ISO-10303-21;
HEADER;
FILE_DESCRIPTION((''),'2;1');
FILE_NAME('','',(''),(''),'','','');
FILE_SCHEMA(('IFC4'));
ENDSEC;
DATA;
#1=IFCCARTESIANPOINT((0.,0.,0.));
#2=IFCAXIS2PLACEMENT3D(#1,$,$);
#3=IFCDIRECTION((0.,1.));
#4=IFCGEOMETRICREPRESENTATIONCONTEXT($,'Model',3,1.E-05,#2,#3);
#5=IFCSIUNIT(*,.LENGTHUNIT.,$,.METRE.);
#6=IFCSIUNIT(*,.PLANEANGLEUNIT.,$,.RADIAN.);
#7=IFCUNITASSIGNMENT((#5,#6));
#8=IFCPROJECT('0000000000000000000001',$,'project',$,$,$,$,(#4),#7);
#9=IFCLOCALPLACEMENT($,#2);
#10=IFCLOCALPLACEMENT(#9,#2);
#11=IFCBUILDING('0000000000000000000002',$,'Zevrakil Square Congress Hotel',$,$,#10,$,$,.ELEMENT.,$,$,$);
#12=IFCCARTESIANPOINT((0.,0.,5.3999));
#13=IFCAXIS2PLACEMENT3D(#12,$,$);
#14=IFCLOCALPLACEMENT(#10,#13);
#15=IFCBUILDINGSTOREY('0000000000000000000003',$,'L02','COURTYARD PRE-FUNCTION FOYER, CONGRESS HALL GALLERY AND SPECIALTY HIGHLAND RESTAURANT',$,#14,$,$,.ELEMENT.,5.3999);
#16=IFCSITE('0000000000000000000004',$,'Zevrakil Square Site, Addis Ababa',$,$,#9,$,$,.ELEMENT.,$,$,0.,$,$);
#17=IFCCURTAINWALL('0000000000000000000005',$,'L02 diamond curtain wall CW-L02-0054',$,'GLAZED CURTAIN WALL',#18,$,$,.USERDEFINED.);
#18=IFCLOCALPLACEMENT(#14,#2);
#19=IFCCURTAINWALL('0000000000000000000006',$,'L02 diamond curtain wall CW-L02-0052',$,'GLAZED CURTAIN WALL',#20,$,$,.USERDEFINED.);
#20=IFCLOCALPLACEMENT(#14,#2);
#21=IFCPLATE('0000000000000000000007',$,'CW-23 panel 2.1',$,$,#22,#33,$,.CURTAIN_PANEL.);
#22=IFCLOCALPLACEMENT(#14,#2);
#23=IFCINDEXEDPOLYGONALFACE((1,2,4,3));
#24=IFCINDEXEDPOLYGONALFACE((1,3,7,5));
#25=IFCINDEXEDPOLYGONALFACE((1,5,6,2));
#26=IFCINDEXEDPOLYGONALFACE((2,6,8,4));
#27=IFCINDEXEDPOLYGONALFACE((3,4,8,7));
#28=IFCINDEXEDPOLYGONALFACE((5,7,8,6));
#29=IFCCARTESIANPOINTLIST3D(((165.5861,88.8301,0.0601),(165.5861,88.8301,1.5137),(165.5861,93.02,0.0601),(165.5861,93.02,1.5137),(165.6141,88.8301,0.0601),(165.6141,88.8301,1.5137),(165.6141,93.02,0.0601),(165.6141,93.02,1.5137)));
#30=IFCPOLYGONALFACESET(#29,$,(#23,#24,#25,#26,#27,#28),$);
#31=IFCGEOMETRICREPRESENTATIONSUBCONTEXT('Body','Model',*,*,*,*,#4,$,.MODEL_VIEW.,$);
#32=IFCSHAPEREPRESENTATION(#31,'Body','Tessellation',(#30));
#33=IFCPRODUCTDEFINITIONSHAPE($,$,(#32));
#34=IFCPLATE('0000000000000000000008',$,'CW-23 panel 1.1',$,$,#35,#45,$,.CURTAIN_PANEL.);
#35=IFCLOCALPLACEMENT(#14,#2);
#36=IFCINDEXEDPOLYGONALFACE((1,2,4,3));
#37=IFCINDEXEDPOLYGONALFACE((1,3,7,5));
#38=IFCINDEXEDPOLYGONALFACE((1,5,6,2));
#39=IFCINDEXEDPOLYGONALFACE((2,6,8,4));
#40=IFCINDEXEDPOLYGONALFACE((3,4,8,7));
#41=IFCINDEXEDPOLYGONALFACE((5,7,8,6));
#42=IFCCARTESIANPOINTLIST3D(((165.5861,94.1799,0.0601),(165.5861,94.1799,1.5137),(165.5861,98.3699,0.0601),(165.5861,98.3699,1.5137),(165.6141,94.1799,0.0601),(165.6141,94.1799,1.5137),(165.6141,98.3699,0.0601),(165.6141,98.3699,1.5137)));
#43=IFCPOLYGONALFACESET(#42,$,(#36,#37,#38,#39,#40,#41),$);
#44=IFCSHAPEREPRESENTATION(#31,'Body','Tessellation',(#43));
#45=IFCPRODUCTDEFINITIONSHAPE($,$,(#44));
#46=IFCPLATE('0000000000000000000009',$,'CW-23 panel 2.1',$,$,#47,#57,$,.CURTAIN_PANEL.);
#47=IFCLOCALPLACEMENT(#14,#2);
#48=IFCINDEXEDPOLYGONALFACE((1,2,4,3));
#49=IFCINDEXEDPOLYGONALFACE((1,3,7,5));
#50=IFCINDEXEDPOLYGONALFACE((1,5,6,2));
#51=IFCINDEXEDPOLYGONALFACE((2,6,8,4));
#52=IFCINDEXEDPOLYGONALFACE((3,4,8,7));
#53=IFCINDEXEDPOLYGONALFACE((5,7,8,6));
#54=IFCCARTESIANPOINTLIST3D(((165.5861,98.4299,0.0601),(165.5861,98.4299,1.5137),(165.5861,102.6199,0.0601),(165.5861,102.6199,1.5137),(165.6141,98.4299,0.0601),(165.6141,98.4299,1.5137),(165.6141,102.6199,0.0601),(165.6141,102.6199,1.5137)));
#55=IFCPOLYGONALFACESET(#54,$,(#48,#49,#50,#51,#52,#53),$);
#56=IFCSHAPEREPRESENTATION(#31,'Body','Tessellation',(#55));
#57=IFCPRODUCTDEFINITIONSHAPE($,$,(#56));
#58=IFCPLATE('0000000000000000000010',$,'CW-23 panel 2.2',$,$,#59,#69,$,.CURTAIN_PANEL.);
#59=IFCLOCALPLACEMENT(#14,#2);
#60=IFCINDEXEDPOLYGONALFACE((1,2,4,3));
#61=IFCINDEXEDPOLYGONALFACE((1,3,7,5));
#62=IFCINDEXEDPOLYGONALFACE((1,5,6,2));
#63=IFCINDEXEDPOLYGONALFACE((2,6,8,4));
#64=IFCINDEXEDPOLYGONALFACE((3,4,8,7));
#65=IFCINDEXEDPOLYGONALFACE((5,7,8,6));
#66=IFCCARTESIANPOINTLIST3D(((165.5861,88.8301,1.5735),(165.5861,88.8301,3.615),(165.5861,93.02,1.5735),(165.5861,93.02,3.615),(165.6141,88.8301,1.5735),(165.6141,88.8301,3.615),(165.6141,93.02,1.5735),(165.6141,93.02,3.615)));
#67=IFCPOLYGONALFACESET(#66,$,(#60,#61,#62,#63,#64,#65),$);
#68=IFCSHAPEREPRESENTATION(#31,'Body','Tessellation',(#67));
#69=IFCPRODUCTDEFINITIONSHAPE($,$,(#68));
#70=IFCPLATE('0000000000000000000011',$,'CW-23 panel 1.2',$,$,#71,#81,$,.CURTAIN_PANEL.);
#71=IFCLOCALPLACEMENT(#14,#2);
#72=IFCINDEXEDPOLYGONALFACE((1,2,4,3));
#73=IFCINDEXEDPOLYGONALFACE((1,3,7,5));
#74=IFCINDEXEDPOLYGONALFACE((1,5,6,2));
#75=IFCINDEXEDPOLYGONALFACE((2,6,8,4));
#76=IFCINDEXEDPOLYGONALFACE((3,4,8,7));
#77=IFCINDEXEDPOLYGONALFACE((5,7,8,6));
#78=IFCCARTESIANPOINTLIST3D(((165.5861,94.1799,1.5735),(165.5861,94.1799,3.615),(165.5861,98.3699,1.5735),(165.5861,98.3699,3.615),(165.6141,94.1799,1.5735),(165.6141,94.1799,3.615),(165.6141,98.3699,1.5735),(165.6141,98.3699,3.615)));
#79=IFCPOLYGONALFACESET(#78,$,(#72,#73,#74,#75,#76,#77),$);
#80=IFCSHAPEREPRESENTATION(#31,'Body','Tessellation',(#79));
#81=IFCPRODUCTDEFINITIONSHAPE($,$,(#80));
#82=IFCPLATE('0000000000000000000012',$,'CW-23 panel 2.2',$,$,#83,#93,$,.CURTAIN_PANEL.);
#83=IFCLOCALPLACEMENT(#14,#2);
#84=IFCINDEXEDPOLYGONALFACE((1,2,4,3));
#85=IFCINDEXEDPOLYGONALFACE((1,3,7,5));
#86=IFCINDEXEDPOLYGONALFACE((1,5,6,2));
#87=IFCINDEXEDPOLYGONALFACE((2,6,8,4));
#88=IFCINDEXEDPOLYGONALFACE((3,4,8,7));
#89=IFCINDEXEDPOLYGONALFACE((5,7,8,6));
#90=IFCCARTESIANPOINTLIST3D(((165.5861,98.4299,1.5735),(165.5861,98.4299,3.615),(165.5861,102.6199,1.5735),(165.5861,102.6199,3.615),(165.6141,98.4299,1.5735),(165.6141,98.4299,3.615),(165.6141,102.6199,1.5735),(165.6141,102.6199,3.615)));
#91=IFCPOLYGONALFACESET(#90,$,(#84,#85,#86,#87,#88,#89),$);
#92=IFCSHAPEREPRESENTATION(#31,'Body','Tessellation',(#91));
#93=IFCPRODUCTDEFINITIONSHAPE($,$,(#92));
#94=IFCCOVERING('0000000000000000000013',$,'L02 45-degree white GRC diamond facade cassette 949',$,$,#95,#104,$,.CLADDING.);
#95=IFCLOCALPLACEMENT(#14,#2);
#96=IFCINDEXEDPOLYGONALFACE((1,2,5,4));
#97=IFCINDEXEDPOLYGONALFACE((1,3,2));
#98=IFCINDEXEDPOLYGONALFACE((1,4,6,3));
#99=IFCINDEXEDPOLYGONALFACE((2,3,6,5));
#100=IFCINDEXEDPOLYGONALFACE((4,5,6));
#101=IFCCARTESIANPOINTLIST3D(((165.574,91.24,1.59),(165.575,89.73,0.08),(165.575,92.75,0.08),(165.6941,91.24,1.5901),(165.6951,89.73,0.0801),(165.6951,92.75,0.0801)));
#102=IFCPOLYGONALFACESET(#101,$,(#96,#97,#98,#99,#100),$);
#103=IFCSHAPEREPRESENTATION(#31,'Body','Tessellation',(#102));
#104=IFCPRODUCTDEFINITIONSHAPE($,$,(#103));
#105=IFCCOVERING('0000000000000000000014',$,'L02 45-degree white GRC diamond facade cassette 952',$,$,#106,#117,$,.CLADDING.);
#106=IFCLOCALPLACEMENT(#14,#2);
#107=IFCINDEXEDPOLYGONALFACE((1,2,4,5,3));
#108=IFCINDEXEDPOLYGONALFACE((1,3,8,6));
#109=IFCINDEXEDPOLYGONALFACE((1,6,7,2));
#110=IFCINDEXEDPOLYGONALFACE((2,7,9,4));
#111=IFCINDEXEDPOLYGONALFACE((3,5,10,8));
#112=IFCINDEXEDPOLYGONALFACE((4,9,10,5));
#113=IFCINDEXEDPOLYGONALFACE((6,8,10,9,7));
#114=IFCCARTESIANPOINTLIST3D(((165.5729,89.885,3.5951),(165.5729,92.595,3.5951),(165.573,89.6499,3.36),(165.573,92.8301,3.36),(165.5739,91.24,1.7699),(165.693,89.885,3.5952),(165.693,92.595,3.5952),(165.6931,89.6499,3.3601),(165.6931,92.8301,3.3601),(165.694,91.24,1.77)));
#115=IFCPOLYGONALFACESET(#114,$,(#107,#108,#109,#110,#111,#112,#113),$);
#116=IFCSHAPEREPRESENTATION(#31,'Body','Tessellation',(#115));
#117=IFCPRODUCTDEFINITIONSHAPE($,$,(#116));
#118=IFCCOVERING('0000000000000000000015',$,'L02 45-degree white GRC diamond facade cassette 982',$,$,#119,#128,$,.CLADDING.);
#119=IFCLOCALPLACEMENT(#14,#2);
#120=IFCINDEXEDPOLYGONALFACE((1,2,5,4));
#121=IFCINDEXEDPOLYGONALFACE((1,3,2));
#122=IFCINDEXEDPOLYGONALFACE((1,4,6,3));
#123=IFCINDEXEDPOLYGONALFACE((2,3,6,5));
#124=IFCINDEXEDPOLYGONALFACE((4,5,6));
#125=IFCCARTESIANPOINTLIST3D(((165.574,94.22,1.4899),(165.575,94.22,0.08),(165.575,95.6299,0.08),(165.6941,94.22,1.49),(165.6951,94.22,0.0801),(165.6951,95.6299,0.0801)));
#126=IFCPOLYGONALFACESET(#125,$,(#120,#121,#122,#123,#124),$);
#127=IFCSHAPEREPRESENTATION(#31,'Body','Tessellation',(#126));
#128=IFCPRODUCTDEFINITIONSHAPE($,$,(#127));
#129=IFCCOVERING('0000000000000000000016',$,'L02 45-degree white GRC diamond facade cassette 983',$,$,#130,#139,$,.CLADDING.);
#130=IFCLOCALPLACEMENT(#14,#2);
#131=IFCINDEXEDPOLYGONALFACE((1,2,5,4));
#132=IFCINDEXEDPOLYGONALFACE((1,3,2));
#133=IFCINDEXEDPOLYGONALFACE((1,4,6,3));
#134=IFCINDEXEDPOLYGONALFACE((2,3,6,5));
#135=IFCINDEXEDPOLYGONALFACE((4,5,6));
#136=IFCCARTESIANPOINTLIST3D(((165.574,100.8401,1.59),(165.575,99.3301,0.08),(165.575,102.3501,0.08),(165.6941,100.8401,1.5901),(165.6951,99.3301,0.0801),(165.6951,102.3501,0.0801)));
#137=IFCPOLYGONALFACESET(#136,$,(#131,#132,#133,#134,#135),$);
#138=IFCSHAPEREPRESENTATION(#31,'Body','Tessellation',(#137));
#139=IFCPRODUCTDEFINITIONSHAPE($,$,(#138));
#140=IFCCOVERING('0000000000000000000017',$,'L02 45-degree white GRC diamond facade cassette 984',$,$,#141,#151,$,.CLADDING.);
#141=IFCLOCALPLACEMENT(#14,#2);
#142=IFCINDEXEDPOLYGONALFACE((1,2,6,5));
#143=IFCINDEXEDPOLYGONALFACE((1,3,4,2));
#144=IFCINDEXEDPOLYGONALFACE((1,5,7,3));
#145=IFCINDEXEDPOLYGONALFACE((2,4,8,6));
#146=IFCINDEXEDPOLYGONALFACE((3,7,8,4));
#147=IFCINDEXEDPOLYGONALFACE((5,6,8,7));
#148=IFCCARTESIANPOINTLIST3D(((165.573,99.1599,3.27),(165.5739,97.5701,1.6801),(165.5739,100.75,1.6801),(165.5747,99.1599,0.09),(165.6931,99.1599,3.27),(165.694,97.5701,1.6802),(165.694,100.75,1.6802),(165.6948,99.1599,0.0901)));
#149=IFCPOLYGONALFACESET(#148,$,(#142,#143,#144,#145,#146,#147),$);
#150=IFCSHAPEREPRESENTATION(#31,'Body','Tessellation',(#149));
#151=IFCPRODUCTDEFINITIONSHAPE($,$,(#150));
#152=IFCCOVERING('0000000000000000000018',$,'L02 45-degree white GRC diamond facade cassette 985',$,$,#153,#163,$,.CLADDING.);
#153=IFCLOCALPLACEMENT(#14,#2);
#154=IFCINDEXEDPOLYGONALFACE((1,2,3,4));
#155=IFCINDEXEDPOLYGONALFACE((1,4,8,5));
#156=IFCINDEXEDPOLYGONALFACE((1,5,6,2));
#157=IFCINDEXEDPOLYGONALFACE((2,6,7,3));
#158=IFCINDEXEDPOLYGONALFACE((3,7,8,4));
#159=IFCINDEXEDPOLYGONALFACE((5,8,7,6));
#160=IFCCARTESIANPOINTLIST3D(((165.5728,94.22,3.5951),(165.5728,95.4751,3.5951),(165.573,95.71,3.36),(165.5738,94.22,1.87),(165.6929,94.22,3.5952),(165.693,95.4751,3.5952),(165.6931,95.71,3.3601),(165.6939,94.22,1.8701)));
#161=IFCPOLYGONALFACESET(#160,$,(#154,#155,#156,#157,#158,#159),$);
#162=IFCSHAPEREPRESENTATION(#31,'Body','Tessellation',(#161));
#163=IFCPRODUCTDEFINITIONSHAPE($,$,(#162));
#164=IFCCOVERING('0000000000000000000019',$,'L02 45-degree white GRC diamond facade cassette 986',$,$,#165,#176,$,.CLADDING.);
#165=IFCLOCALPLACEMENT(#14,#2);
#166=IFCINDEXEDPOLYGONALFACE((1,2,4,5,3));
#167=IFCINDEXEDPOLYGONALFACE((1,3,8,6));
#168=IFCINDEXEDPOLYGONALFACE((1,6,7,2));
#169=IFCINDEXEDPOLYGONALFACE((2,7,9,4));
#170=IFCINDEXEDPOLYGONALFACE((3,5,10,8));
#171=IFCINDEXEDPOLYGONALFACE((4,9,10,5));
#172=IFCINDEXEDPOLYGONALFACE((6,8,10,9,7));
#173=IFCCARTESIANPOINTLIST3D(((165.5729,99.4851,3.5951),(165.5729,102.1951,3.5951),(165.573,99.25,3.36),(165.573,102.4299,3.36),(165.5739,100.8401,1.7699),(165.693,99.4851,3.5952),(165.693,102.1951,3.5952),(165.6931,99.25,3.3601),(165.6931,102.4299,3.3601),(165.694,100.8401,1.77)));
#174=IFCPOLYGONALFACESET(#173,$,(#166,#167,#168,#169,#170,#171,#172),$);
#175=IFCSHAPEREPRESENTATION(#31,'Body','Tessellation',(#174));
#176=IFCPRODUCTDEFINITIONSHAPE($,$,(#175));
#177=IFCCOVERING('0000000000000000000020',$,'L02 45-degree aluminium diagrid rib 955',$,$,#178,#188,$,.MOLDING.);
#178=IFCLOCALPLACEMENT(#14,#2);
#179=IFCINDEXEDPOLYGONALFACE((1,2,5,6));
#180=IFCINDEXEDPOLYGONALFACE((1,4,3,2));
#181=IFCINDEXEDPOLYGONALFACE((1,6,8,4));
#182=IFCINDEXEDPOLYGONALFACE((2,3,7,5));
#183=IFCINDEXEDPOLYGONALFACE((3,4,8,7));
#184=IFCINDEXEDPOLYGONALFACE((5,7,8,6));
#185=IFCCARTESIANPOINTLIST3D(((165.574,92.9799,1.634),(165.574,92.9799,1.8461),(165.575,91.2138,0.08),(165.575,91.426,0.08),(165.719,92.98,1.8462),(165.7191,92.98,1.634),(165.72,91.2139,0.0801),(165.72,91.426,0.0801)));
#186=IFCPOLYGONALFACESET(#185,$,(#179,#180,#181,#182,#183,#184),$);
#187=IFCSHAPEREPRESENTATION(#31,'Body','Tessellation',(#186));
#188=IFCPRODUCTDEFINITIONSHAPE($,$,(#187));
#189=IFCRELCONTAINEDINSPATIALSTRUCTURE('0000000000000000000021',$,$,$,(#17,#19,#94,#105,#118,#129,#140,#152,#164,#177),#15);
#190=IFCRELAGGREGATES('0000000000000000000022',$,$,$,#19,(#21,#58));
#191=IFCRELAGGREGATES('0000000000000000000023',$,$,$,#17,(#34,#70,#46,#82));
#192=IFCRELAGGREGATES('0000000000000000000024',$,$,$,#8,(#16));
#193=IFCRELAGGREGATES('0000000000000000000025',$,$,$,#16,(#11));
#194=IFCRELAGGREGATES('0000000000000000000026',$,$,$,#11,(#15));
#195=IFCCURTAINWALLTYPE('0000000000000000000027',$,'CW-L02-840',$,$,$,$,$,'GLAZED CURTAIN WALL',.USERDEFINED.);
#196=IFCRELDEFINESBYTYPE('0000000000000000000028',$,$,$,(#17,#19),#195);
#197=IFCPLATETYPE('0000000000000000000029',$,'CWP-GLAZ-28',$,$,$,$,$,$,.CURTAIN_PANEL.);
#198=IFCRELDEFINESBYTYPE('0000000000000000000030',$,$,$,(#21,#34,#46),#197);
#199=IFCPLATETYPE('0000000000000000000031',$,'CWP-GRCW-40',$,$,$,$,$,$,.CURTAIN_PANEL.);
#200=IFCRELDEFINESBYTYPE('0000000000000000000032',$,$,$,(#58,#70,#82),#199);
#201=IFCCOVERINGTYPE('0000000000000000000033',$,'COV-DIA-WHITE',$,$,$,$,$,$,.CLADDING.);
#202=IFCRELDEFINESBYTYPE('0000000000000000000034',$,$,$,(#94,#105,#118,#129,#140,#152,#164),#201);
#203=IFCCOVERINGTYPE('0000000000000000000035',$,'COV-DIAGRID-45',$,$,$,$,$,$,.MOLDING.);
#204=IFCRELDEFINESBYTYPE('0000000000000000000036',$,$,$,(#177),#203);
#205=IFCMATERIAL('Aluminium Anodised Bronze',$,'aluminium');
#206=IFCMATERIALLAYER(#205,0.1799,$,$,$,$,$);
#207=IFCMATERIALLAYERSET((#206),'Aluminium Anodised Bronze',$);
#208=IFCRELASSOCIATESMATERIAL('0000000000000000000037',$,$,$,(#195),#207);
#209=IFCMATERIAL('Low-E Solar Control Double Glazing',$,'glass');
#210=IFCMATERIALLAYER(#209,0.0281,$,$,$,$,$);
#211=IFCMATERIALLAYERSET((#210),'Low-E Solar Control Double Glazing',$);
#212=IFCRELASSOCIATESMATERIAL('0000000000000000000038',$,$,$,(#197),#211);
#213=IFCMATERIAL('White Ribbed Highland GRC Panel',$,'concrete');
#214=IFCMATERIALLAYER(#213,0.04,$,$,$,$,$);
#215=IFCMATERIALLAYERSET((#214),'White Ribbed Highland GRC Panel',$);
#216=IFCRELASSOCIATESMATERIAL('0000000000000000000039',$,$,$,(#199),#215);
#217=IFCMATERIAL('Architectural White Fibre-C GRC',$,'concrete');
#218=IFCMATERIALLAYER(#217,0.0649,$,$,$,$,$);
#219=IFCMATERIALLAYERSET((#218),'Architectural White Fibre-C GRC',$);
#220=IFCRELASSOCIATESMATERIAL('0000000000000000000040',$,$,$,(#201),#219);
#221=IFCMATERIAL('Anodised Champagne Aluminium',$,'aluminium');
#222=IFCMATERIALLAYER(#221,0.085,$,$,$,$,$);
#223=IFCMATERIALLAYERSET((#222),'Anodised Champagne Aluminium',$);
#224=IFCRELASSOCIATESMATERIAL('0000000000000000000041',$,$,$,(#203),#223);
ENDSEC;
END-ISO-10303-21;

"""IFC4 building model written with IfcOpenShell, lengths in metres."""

from ifc_helpers import new_model, si_unit, direction, frame, origin, origin_2d, place, context, subcontext, project, spatial, polyline, rectangle, outline, extrude, material, layer, layer_set, type_object, element, aggregate, save


model = new_model("IFC4")

# Units and contexts
model_context = context("Model", 3, precision=1e-05, world=origin(), true_north=direction((0.0, 1.0)))
body_context = subcontext(model_context, "Body", "Model", "MODEL_VIEW")
ifc_project = project(units=[si_unit("LENGTHUNIT", "METRE"), si_unit("PLANEANGLEUNIT", "RADIAN")], contexts=[model_context])

# Site, building, storey
site_placement = place(None, origin())
site = spatial("IfcSite", under=ifc_project, at=site_placement, Name="Zevrakil Square Site, Addis Ababa", CompositionType="ELEMENT", RefElevation=0.0)
building_placement = place(site_placement, origin())
building = spatial("IfcBuilding", under=site, at=building_placement, Name="Zevrakil Square Congress Hotel", CompositionType="ELEMENT")
storey_placement = place(building_placement, frame((0.0, 0.0, 5.3999)))
storey = spatial("IfcBuildingStorey", under=building, at=storey_placement, Name="L02", Description="COURTYARD PRE-FUNCTION FOYER, CONGRESS HALL GALLERY AND SPECIALTY HIGHLAND RESTAURANT", CompositionType="ELEMENT", Elevation=5.3999)

# Curtain wall
ifc_material_1 = material(Name="Aluminium Anodised Bronze", Category="aluminium")
ifc_layer_1 = layer(ifc_material_1, 0.1799)
ifc_layer_set_1 = layer_set([ifc_layer_1], Name="Aluminium Anodised Bronze")
curtain_wall_type = type_object("IfcCurtainWallType", Name="CW-L02-840", ElementType="GLAZED CURTAIN WALL", PredefinedType="USERDEFINED", material=ifc_layer_set_1)
curtain_wall_1_placement = place(storey_placement, origin())
curtain_wall_1 = element("IfcCurtainWall", 1, at=curtain_wall_1_placement, inside=storey, type_object=curtain_wall_type, Name="L02 diamond curtain wall CW-L02-0054", ObjectType="GLAZED CURTAIN WALL", PredefinedType="USERDEFINED")

# Curtain wall
curtain_wall_2_placement = place(storey_placement, origin())
curtain_wall_2 = element("IfcCurtainWall", 2, at=curtain_wall_2_placement, inside=storey, type_object=curtain_wall_type, Name="L02 diamond curtain wall CW-L02-0052", ObjectType="GLAZED CURTAIN WALL", PredefinedType="USERDEFINED")

# Plates
ifc_material_2 = material(Name="Low-E Solar Control Double Glazing", Category="glass")
ifc_layer_2 = layer(ifc_material_2, 0.0281)
ifc_layer_set_2 = layer_set([ifc_layer_2], Name="Low-E Solar Control Double Glazing")
plate_type_1 = type_object("IfcPlateType", Name="CWP-GLAZ-28", PredefinedType="CURTAIN_PANEL", material=ifc_layer_set_2)
plate_1_placement = place(storey_placement, frame((165.6001, 90.925, 0.0601), z_axis=(0.0, 0.0, 1.0), x_axis=(0.0, 1.0, 0.0)))
plate_1 = element("IfcPlate", 3, at=plate_1_placement, type_object=plate_type_1, Name="CW-23 panel 2.1", PredefinedType="CURTAIN_PANEL", context=body_context, shape_type="SweptSolid", body=[
    extrude(rectangle(XDim=4.1899, YDim=0.0281, at=origin_2d()), origin(), (0.0, 0.0, 1.0), 1.4536),
])
plate_2_placement = place(storey_placement, frame((165.6001, 96.2749, 0.0601), z_axis=(0.0, 0.0, 1.0), x_axis=(0.0, 1.0, 0.0)))
plate_2 = element("IfcPlate", 4, at=plate_2_placement, type_object=plate_type_1, Name="CW-23 panel 1.1", PredefinedType="CURTAIN_PANEL", context=body_context, shape_type="SweptSolid", body=[
    extrude(rectangle(XDim=4.1899, YDim=0.0281, at=origin_2d()), origin(), (0.0, 0.0, 1.0), 1.4536),
])
plate_3_placement = place(storey_placement, frame((165.6001, 100.5249, 0.0601), z_axis=(0.0, 0.0, 1.0), x_axis=(0.0, 1.0, 0.0)))
plate_3 = element("IfcPlate", 5, at=plate_3_placement, type_object=plate_type_1, Name="CW-23 panel 2.1", PredefinedType="CURTAIN_PANEL", context=body_context, shape_type="SweptSolid", body=[
    extrude(rectangle(XDim=4.1899, YDim=0.0281, at=origin_2d()), origin(), (0.0, 0.0, 1.0), 1.4536),
])
ifc_material_3 = material(Name="White Ribbed Highland GRC Panel", Category="concrete")
ifc_layer_3 = layer(ifc_material_3, 0.04)
ifc_layer_set_3 = layer_set([ifc_layer_3], Name="White Ribbed Highland GRC Panel")
plate_type_2 = type_object("IfcPlateType", Name="CWP-GRCW-40", PredefinedType="CURTAIN_PANEL", material=ifc_layer_set_3)
plate_4_placement = place(storey_placement, frame((165.6001, 90.925, 1.5735), z_axis=(0.0, 0.0, 1.0), x_axis=(0.0, 1.0, 0.0)))
plate_4 = element("IfcPlate", 6, at=plate_4_placement, type_object=plate_type_2, Name="CW-23 panel 2.2", PredefinedType="CURTAIN_PANEL", context=body_context, shape_type="SweptSolid", body=[
    extrude(rectangle(XDim=4.1899, YDim=0.0281, at=origin_2d()), origin(), (0.0, 0.0, 1.0), 2.0415),
])
aggregate(curtain_wall_2, [plate_1, plate_4])
plate_5_placement = place(storey_placement, frame((165.6001, 96.2749, 1.5735), z_axis=(0.0, 0.0, 1.0), x_axis=(0.0, 1.0, 0.0)))
plate_5 = element("IfcPlate", 7, at=plate_5_placement, type_object=plate_type_2, Name="CW-23 panel 1.2", PredefinedType="CURTAIN_PANEL", context=body_context, shape_type="SweptSolid", body=[
    extrude(rectangle(XDim=4.1899, YDim=0.0281, at=origin_2d()), origin(), (0.0, 0.0, 1.0), 2.0415),
])
plate_6_placement = place(storey_placement, frame((165.6001, 100.5249, 1.5735), z_axis=(0.0, 0.0, 1.0), x_axis=(0.0, 1.0, 0.0)))
plate_6 = element("IfcPlate", 8, at=plate_6_placement, type_object=plate_type_2, Name="CW-23 panel 2.2", PredefinedType="CURTAIN_PANEL", context=body_context, shape_type="SweptSolid", body=[
    extrude(rectangle(XDim=4.1899, YDim=0.0281, at=origin_2d()), origin(), (0.0, 0.0, 1.0), 2.0415),
])
aggregate(curtain_wall_1, [plate_2, plate_5, plate_3, plate_6])

# Coverings
ifc_material_4 = material(Name="Architectural White Fibre-C GRC", Category="concrete")
ifc_layer_4 = layer(ifc_material_4, 0.0649)
ifc_layer_set_4 = layer_set([ifc_layer_4], Name="Architectural White Fibre-C GRC")
covering_type_1 = type_object("IfcCoveringType", Name="COV-DIA-WHITE", PredefinedType="CLADDING", material=ifc_layer_set_4)
covering_1_placement = place(storey_placement, frame((165.6941, 91.24, 1.5901), z_axis=(1.0, 0.0, 0.000647), x_axis=(0.000457, 0.707107, -0.707107)))
element("IfcCovering", 9, at=covering_1_placement, inside=storey, type_object=covering_type_1, Name="L02 45-degree white GRC diamond facade cassette 949", PredefinedType="CLADDING", context=body_context, shape_type="SweptSolid", body=[
    extrude(outline(polyline([(0.0, 0.0), (2.1355, 0.0), (0.0, -2.1355), (0.0, 0.0)])), origin(), (0.0, 0.0, -1.0), 0.1201),
])
covering_2_placement = place(storey_placement, frame((165.6931, 92.8301, 3.3601), z_axis=(1.0, 0.0, 0.000585), x_axis=(0.000414, -0.707107, -0.707107)))
element("IfcCovering", 10, at=covering_2_placement, inside=storey, type_object=covering_type_1, Name="L02 45-degree white GRC diamond facade cassette 952", PredefinedType="CLADDING", context=body_context, shape_type="SweptSolid", body=[
    extrude(outline(polyline([(0.0, 0.0), (2.2487, 0.0), (2.2487, -2.2487), (1.9162, -2.2487), (0.0, -0.3325), (0.0, 0.0)])), origin(), (0.0, 0.0, -1.0), 0.1201),
])
covering_3_placement = place(storey_placement, frame((165.6951, 95.6299, 0.0801), z_axis=(1.0, 0.0, 0.000693), x_axis=(0.0, -1.0, 0.0)))
element("IfcCovering", 11, at=covering_3_placement, inside=storey, type_object=covering_type_1, Name="L02 45-degree white GRC diamond facade cassette 982", PredefinedType="CLADDING", context=body_context, shape_type="SweptSolid", body=[
    extrude(outline(polyline([(0.0, 0.0), (1.4099, 0.0), (1.4099, -1.4099), (0.0, 0.0)])), origin(), (0.0, 0.0, -1.0), 0.1201),
])
covering_4_placement = place(storey_placement, frame((165.6941, 100.8401, 1.5901), z_axis=(1.0, 0.0, 0.000647), x_axis=(0.000457, 0.707107, -0.707107)))
element("IfcCovering", 12, at=covering_4_placement, inside=storey, type_object=covering_type_1, Name="L02 45-degree white GRC diamond facade cassette 983", PredefinedType="CLADDING", context=body_context, shape_type="SweptSolid", body=[
    extrude(outline(polyline([(0.0, 0.0), (2.1355, 0.0), (0.0, -2.1355), (0.0, 0.0)])), origin(), (0.0, 0.0, -1.0), 0.1201),
])
covering_5_placement = place(storey_placement, frame((165.6931, 99.1599, 3.27), z_axis=(1.0, 0.0, 0.000537), x_axis=(0.00038, 0.707161, -0.707052)))
element("IfcCovering", 13, at=covering_5_placement, inside=storey, type_object=covering_type_1, Name="L02 45-degree white GRC diamond facade cassette 984", PredefinedType="CLADDING", context=body_context, shape_type="SweptSolid", body=[
    extrude(outline(polyline([(0.0, 0.0), (2.2486, 0.0), (2.2484, -2.2487), (-0.0002, -2.2484), (0.0, 0.0)])), origin(), (0.0, 0.0, -1.0), 0.1201),
])
covering_6_placement = place(storey_placement, frame((165.6931, 95.71, 3.3601), z_axis=(1.0, -0.000067, 0.000615), x_axis=(0.000387, -0.707107, -0.707107)))
element("IfcCovering", 14, at=covering_6_placement, inside=storey, type_object=covering_type_1, Name="L02 45-degree white GRC diamond facade cassette 985", PredefinedType="CLADDING", context=body_context, shape_type="SweptSolid", body=[
    extrude(outline(polyline([(0.0, 0.0), (2.1072, 0.0), (0.8873, -1.2198), (-0.0002, -0.3323), (0.0, 0.0)])), origin(), (0.0, 0.0, -1.0), 0.1201),
])
covering_7_placement = place(storey_placement, frame((165.6931, 102.4299, 3.3601), z_axis=(1.0, 0.0, 0.000585), x_axis=(0.000414, -0.707052, -0.707161)))
element("IfcCovering", 15, at=covering_7_placement, inside=storey, type_object=covering_type_1, Name="L02 45-degree white GRC diamond facade cassette 986", PredefinedType="CLADDING", context=body_context, shape_type="SweptSolid", body=[
    extrude(outline(polyline([(0.0, 0.0), (2.2486, 0.0), (2.2484, -2.2487), (1.9159, -2.2487), (-0.0002, -0.3323), (0.0, 0.0)])), origin(), (0.0, 0.0, -1.0), 0.1201),
])
ifc_material_5 = material(Name="Anodised Champagne Aluminium", Category="aluminium")
ifc_layer_5 = layer(ifc_material_5, 0.085)
ifc_layer_set_5 = layer_set([ifc_layer_5], Name="Anodised Champagne Aluminium")
covering_type_2 = type_object("IfcCoveringType", Name="COV-DIAGRID-45", PredefinedType="MOLDING", material=ifc_layer_set_5)
covering_8_placement = place(storey_placement, frame((165.72, 91.426, 0.0801), z_axis=(1.0, 0.000294, 0.000294), x_axis=(0.000294, -1.0, 0.0)))
element("IfcCovering", 16, at=covering_8_placement, inside=storey, type_object=covering_type_2, Name="L02 45-degree aluminium diagrid rib 955", PredefinedType="MOLDING", context=body_context, shape_type="SweptSolid", body=[
    extrude(outline(polyline([(0.0, 0.0), (0.2122, 0.0), (-1.554, -1.7661), (-1.554, -1.554), (0.0, 0.0)])), origin(), (0.0, 0.0, -1.0), 0.145),
])

save(model, "model.ifc")
